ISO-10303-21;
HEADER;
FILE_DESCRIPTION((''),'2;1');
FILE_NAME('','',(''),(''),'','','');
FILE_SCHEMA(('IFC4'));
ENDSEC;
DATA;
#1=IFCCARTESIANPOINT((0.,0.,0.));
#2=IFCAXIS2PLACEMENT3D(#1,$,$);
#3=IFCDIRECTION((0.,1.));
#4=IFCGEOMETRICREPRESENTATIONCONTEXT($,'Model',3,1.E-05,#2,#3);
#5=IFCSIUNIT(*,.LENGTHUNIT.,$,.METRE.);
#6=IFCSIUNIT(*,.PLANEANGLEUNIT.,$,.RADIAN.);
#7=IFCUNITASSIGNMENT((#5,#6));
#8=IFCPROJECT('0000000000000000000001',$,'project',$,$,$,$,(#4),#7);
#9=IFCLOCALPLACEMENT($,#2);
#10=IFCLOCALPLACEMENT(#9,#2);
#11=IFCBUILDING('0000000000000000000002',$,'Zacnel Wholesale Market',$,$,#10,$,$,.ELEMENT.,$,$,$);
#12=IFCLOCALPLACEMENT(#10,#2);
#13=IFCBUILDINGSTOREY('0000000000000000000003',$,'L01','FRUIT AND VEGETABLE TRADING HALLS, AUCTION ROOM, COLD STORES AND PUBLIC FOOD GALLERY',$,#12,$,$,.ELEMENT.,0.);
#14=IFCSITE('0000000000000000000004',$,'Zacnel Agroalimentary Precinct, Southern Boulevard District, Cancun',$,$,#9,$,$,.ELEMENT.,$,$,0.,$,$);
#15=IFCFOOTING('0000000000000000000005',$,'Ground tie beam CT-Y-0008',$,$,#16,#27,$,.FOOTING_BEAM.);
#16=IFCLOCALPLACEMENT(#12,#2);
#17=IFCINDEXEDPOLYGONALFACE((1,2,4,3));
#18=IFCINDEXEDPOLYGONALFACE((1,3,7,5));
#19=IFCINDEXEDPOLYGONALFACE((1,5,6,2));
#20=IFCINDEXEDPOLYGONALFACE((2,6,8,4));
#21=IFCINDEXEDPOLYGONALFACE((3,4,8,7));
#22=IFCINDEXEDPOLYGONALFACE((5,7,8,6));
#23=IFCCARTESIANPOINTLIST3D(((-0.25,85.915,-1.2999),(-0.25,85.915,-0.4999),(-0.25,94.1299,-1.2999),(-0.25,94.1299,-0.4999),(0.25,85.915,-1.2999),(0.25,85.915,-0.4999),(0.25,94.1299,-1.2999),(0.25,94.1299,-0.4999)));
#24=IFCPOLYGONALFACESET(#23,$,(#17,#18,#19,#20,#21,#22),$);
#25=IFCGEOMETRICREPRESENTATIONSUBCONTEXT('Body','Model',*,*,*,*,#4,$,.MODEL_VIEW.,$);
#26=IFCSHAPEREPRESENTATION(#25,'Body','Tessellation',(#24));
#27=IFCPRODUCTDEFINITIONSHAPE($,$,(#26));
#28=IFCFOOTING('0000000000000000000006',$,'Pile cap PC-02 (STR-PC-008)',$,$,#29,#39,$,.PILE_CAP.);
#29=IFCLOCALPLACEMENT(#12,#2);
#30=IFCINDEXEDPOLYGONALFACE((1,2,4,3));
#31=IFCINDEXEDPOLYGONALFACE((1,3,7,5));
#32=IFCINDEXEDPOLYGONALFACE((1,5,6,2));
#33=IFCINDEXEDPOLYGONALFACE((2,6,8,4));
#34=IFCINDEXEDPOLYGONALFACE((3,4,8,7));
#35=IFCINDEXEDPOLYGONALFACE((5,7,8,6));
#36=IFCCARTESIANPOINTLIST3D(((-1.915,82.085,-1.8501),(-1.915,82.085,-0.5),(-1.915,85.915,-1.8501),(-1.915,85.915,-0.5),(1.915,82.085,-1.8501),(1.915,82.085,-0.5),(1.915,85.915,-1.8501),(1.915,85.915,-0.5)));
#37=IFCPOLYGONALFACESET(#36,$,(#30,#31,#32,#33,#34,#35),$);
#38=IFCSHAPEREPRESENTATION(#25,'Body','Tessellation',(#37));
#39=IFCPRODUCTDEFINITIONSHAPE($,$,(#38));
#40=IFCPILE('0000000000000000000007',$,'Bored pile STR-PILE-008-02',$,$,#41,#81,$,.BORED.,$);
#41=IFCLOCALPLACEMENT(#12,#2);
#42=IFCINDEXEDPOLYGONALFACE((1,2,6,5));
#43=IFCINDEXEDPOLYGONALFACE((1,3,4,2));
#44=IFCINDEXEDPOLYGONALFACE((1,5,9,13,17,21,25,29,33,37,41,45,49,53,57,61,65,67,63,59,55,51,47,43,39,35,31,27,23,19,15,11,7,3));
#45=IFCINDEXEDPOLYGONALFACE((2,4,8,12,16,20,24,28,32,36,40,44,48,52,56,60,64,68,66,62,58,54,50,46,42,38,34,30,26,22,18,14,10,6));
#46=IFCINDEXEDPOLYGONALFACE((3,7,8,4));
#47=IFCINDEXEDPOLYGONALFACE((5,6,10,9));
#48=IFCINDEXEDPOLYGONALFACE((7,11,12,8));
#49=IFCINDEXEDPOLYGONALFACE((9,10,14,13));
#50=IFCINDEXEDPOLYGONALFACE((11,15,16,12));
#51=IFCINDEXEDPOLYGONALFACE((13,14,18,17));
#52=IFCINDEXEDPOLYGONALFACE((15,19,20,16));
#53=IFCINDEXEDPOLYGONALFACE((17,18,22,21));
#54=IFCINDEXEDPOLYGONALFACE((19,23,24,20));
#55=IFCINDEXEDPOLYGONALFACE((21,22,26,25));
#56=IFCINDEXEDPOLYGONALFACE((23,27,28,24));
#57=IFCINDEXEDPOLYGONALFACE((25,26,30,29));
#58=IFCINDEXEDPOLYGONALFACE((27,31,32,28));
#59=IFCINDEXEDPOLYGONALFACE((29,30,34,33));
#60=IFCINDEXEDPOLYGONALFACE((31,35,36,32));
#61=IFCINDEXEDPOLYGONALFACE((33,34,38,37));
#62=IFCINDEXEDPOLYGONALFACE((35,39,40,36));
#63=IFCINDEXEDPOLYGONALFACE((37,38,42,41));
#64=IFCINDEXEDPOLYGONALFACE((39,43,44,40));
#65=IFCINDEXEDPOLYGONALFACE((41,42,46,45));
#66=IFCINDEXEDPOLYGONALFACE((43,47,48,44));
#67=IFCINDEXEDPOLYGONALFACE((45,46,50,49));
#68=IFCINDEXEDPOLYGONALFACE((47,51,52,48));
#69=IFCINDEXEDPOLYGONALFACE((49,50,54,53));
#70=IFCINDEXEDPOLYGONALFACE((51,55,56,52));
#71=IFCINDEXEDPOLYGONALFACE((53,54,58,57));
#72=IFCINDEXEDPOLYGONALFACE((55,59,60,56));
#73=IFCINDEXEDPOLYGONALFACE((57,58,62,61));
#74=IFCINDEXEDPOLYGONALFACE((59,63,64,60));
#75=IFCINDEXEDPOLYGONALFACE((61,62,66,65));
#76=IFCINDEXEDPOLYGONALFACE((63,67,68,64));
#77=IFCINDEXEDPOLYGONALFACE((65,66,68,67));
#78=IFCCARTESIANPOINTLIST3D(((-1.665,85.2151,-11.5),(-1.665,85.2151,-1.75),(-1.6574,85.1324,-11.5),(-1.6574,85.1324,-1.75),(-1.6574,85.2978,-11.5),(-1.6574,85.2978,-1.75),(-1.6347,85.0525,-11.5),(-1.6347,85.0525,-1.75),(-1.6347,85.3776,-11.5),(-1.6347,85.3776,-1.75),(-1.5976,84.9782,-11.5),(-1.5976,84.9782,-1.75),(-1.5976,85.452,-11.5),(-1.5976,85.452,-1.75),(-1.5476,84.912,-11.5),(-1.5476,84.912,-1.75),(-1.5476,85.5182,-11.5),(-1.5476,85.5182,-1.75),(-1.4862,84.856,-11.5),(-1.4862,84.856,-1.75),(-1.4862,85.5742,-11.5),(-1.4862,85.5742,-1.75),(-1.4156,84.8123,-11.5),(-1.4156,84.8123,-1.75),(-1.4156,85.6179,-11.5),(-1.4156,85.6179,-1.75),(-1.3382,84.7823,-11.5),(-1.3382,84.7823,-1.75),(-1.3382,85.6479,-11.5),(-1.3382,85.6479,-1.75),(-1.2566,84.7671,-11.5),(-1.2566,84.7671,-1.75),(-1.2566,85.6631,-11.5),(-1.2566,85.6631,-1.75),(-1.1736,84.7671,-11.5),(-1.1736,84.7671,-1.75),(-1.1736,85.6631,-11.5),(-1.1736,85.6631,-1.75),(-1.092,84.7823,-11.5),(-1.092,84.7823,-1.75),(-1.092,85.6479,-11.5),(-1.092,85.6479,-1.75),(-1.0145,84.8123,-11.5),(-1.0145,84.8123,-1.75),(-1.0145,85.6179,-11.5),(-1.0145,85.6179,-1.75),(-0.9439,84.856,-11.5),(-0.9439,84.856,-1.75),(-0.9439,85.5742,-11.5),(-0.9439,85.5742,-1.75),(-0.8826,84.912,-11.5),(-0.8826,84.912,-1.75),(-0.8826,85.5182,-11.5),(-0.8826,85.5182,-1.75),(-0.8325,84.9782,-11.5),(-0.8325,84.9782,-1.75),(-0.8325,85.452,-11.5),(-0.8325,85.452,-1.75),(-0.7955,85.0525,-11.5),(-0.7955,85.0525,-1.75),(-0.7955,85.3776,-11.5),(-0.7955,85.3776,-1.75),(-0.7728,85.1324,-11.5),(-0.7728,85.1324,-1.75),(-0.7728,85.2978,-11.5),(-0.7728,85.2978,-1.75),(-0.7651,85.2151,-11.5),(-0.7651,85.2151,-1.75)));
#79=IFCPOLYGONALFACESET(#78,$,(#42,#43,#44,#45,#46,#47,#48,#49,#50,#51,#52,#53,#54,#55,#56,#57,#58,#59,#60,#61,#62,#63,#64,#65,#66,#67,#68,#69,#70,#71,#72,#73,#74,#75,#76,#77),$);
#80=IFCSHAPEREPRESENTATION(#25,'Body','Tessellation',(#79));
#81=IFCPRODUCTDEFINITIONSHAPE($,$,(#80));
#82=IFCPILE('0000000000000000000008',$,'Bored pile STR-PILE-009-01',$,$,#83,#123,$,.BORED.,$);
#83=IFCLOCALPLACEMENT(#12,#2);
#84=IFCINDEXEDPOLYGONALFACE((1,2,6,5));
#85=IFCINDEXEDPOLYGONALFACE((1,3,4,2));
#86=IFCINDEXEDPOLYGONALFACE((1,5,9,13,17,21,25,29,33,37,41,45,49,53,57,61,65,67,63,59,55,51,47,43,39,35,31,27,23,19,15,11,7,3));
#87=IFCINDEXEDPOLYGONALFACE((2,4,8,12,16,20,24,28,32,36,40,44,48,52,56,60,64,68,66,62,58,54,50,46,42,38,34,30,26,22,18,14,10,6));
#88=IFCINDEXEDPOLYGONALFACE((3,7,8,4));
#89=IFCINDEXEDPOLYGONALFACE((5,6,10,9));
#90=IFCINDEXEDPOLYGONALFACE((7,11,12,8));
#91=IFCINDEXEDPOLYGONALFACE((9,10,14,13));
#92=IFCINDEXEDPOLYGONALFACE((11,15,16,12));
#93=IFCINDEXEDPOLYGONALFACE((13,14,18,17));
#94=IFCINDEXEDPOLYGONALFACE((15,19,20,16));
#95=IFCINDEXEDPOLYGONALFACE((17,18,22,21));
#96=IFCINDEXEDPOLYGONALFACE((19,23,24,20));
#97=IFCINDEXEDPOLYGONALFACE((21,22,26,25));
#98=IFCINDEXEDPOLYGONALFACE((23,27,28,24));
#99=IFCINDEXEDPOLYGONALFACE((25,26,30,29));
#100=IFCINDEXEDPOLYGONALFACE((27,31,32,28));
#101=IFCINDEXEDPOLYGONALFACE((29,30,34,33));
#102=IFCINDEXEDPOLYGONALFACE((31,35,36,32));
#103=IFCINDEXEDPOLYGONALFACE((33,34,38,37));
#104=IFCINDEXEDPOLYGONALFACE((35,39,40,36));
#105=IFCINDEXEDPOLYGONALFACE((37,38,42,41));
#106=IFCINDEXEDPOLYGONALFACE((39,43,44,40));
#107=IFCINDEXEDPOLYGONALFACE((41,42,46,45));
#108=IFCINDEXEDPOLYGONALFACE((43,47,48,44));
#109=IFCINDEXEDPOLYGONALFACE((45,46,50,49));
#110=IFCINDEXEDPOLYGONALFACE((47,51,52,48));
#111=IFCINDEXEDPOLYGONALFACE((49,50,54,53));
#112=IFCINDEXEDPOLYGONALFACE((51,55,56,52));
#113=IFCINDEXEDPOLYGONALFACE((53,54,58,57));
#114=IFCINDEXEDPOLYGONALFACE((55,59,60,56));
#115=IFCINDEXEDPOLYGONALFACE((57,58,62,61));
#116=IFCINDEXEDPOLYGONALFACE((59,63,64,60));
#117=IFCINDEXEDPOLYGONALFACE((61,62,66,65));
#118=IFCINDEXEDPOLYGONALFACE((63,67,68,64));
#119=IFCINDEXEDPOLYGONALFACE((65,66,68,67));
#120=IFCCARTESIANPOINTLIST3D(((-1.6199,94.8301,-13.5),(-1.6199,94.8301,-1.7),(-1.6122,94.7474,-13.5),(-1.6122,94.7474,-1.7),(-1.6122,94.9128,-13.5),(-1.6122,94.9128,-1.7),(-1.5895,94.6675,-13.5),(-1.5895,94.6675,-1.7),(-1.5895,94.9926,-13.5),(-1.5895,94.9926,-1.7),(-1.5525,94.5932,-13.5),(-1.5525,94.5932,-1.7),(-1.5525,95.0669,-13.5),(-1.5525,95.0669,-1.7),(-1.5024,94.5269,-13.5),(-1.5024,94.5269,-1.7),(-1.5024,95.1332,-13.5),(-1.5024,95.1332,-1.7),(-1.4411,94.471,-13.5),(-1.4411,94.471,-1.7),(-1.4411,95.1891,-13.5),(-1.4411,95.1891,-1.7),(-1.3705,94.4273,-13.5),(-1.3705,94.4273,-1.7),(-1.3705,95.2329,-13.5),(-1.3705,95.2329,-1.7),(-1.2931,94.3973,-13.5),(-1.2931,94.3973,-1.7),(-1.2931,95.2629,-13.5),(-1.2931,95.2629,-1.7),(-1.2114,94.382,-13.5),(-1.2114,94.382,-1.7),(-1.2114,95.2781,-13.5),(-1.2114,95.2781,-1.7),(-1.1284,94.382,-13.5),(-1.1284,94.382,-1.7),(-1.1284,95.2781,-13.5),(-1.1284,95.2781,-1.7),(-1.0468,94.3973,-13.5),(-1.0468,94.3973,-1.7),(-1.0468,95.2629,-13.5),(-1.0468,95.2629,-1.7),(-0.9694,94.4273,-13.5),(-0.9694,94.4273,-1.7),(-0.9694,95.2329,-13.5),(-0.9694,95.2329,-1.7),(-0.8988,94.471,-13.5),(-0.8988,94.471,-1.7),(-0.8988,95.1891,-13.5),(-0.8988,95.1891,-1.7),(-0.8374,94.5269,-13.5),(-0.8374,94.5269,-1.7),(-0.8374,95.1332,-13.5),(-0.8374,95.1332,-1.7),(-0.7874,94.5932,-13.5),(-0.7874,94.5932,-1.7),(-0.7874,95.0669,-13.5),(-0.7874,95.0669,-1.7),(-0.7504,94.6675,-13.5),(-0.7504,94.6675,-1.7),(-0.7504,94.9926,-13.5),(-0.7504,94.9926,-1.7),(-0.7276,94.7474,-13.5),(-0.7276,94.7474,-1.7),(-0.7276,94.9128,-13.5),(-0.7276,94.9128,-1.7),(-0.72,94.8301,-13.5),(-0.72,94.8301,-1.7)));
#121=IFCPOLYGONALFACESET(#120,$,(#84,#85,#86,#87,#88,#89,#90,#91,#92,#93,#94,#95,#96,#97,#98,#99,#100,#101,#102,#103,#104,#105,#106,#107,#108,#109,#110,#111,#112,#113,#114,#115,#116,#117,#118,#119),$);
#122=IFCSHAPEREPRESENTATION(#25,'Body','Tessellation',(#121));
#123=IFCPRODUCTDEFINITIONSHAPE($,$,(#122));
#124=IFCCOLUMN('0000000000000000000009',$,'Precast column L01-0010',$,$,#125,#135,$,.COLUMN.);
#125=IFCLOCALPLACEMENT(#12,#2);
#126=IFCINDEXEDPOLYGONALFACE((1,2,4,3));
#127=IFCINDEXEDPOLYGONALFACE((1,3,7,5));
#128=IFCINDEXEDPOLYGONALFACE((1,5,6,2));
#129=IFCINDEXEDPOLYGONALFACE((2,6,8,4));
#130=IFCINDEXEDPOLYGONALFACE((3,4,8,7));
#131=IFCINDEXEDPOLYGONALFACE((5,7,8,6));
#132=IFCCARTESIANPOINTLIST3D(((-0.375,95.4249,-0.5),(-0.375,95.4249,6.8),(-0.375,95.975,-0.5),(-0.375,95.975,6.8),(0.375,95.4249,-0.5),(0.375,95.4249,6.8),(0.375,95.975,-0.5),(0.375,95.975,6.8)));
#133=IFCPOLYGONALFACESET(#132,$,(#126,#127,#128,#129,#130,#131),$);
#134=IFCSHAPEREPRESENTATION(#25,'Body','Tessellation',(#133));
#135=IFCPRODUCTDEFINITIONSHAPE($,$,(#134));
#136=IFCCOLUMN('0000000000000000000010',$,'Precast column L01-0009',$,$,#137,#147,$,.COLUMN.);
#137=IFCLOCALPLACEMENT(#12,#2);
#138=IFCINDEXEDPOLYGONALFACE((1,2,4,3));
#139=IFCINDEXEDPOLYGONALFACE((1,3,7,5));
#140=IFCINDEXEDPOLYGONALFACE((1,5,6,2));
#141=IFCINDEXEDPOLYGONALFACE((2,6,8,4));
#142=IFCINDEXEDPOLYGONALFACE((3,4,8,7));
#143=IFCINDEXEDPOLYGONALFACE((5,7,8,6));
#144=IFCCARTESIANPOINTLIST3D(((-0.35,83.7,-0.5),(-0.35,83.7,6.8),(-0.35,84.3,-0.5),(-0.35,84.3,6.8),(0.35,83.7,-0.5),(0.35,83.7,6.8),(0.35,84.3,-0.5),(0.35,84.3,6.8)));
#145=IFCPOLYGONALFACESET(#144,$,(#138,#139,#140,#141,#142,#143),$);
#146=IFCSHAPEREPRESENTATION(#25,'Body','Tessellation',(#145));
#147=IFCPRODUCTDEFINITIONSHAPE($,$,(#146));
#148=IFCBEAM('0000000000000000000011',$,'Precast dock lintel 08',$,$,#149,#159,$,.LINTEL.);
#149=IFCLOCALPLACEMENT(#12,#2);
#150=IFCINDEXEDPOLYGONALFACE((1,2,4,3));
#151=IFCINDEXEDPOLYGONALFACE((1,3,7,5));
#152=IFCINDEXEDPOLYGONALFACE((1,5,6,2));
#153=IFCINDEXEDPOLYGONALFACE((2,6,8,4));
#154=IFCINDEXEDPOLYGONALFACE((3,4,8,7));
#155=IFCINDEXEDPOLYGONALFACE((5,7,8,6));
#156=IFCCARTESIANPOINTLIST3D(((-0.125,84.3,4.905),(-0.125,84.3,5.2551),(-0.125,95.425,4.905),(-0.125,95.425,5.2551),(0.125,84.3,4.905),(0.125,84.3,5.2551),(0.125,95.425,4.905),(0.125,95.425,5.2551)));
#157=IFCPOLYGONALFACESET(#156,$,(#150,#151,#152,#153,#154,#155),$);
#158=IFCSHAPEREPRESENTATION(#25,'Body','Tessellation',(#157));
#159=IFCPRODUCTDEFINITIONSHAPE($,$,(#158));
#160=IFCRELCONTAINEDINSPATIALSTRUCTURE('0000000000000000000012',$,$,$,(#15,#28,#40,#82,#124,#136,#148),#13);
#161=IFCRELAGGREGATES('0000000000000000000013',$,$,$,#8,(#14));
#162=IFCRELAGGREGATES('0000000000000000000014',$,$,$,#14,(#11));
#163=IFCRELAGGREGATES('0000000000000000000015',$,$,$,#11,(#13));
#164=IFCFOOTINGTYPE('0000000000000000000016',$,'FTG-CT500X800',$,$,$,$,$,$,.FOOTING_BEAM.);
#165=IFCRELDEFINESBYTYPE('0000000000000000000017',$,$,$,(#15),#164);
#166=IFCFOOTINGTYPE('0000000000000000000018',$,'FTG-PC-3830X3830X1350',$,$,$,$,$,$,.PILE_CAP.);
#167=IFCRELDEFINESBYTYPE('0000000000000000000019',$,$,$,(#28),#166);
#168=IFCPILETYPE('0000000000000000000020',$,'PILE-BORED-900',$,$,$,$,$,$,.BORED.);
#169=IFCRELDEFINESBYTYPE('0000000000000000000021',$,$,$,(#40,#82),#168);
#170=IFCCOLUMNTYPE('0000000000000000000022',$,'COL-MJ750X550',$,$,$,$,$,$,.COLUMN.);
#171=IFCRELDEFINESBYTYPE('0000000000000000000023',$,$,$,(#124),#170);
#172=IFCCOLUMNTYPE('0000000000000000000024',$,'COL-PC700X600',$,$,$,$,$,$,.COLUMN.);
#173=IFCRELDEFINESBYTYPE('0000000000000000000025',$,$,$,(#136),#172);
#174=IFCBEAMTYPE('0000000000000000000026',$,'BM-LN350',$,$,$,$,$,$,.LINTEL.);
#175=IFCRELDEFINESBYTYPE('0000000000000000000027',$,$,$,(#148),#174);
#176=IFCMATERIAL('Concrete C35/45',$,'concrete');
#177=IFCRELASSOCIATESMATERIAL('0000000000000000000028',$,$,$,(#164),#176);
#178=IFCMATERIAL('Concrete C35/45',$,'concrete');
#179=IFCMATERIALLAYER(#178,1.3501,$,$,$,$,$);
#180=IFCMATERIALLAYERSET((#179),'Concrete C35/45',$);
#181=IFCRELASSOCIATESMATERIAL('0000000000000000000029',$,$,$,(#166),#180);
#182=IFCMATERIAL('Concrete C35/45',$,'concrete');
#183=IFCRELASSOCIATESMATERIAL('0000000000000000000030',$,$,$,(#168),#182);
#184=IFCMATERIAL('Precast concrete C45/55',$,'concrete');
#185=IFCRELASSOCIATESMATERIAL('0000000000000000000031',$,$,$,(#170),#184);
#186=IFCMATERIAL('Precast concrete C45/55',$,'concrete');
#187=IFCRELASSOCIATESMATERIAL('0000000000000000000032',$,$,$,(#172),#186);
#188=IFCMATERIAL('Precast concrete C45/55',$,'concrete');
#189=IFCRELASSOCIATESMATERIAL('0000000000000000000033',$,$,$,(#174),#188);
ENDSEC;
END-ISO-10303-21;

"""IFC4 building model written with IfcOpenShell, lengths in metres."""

from ifc_helpers import new_model, si_unit, direction, frame, origin, origin_2d, place, context, subcontext, project, spatial, rectangle, circle, extrude, material, layer, layer_set, material_profile, profile_set, type_object, element, save


model = new_model("IFC4")

# Units and contexts
model_context = context("Model", 3, precision=1e-05, world=origin(), true_north=direction((0.0, 1.0)))
body_context = subcontext(model_context, "Body", "Model", "MODEL_VIEW")
ifc_project = project(units=[si_unit("LENGTHUNIT", "METRE"), si_unit("PLANEANGLEUNIT", "RADIAN")], contexts=[model_context])

# Site, building, storey
site_placement = place(None, origin())
site = spatial("IfcSite", under=ifc_project, at=site_placement, Name="Zacnel Agroalimentary Precinct, Southern Boulevard District, Cancun", CompositionType="ELEMENT", RefElevation=0.0)
building_placement = place(site_placement, origin())
building = spatial("IfcBuilding", under=site, at=building_placement, Name="Zacnel Wholesale Market", CompositionType="ELEMENT")
storey_placement = place(building_placement, origin())
storey = spatial("IfcBuildingStorey", under=building, at=storey_placement, Name="L01", Description="FRUIT AND VEGETABLE TRADING HALLS, AUCTION ROOM, COLD STORES AND PUBLIC FOOD GALLERY", CompositionType="ELEMENT", Elevation=0.0)

# Footings
ifc_material_1 = material(Name="Concrete C35/45", Category="concrete")
ifc_material_profile_1 = material_profile(ifc_material_1, rectangle(XDim=0.5, YDim=0.8, at=origin_2d()), Name="CT 500x800")
ifc_profile_set_1 = profile_set([ifc_material_profile_1], Name="Concrete C35/45")
footing_type_1 = type_object("IfcFootingType", Name="FTG-CT500X800", PredefinedType="FOOTING_BEAM", material=ifc_profile_set_1)
footing_1_placement = place(storey_placement, frame((0.0, 85.915, -0.8999), z_axis=(0.0, 1.0, 0.0), x_axis=(-1.0, 0.0, 0.0)))
element("IfcFooting", 1, at=footing_1_placement, inside=storey, type_object=footing_type_1, Name="Ground tie beam CT-Y-0008", PredefinedType="FOOTING_BEAM", context=body_context, shape_type="SweptSolid", body=[
    extrude(rectangle(XDim=0.5, YDim=0.8, at=origin_2d()), origin(), (0.0, 0.0, 1.0), 8.2148),
])
ifc_material_2 = material(Name="Concrete C35/45", Category="concrete")
ifc_layer_1 = layer(ifc_material_2, 1.3501)
ifc_layer_set_1 = layer_set([ifc_layer_1], Name="Concrete C35/45")
footing_type_2 = type_object("IfcFootingType", Name="FTG-PC-3830X3830X1350", PredefinedType="PILE_CAP", material=ifc_layer_set_1)
footing_2_placement = place(storey_placement, frame((0.0, 84.0, -1.8501), z_axis=(0.0, 0.0, 1.0), x_axis=(1.0, 0.0, 0.0)))
element("IfcFooting", 2, at=footing_2_placement, inside=storey, type_object=footing_type_2, Name="Pile cap PC-02 (STR-PC-008)", PredefinedType="PILE_CAP", context=body_context, shape_type="SweptSolid", body=[
    extrude(rectangle(XDim=3.8301, YDim=3.8301, at=origin_2d()), origin(), (0.0, 0.0, 1.0), 1.3501),
])

# Piles
ifc_material_3 = material(Name="Concrete C35/45", Category="concrete")
ifc_material_profile_2 = material_profile(ifc_material_3, circle(Radius=0.45, at=origin_2d()), Name="BORED PILE D900")
ifc_profile_set_2 = profile_set([ifc_material_profile_2], Name="Concrete C35/45")
pile_type = type_object("IfcPileType", Name="PILE-BORED-900", PredefinedType="BORED", material=ifc_profile_set_2)
pile_1_placement = place(storey_placement, frame((-1.2151, 85.2151, -1.75), z_axis=(0.0, 0.0, -1.0), x_axis=(1.0, 0.0, 0.0)))
element("IfcPile", 3, at=pile_1_placement, inside=storey, type_object=pile_type, Name="Bored pile STR-PILE-008-02", PredefinedType="BORED", context=body_context, shape_type="SweptSolid", body=[
    extrude(circle(Radius=0.45, at=origin_2d()), origin(), (0.0, 0.0, 1.0), 9.75),
])
pile_2_placement = place(storey_placement, frame((-1.1699, 94.8301, -1.7), z_axis=(0.0, 0.0, -1.0), x_axis=(1.0, 0.0, 0.0)))
element("IfcPile", 4, at=pile_2_placement, inside=storey, type_object=pile_type, Name="Bored pile STR-PILE-009-01", PredefinedType="BORED", context=body_context, shape_type="SweptSolid", body=[
    extrude(circle(Radius=0.45, at=origin_2d()), origin(), (0.0, 0.0, 1.0), 11.8),
])

# Columns
ifc_material_4 = material(Name="Precast concrete C45/55", Category="concrete")
ifc_material_profile_3 = material_profile(ifc_material_4, rectangle(XDim=0.75, YDim=0.55, at=origin_2d()), Name="PC 750x550")
ifc_profile_set_3 = profile_set([ifc_material_profile_3], Name="Precast concrete C45/55")
column_type_1 = type_object("IfcColumnType", Name="COL-MJ750X550", PredefinedType="COLUMN", material=ifc_profile_set_3)
column_1_placement = place(storey_placement, frame((0.0, 95.7, -0.5), z_axis=(0.0, 0.0, 1.0), x_axis=(1.0, 0.0, 0.0)))
element("IfcColumn", 5, at=column_1_placement, inside=storey, type_object=column_type_1, Name="Precast column L01-0010", PredefinedType="COLUMN", context=body_context, shape_type="SweptSolid", body=[
    extrude(rectangle(XDim=0.75, YDim=0.55, at=origin_2d()), origin(), (0.0, 0.0, 1.0), 7.3),
])
ifc_material_5 = material(Name="Precast concrete C45/55", Category="concrete")
ifc_material_profile_4 = material_profile(ifc_material_5, rectangle(XDim=0.7, YDim=0.6001, at=origin_2d()), Name="PC 700x600")
ifc_profile_set_4 = profile_set([ifc_material_profile_4], Name="Precast concrete C45/55")
column_type_2 = type_object("IfcColumnType", Name="COL-PC700X600", PredefinedType="COLUMN", material=ifc_profile_set_4)
column_2_placement = place(storey_placement, frame((0.0, 84.0, -0.5), z_axis=(0.0, 0.0, 1.0), x_axis=(1.0, 0.0, 0.0)))
element("IfcColumn", 6, at=column_2_placement, inside=storey, type_object=column_type_2, Name="Precast column L01-0009", PredefinedType="COLUMN", context=body_context, shape_type="SweptSolid", body=[
    extrude(rectangle(XDim=0.7, YDim=0.6001, at=origin_2d()), origin(), (0.0, 0.0, 1.0), 7.3),
])

# Beam
ifc_material_6 = material(Name="Precast concrete C45/55", Category="concrete")
ifc_material_profile_5 = material_profile(ifc_material_6, rectangle(XDim=0.25, YDim=0.3501, at=origin_2d()), Name="LN 250x350")
ifc_profile_set_5 = profile_set([ifc_material_profile_5], Name="Precast concrete C45/55")
beam_type = type_object("IfcBeamType", Name="BM-LN350", PredefinedType="LINTEL", material=ifc_profile_set_5)
beam_placement = place(storey_placement, frame((0.0, 84.3, 5.0801), z_axis=(0.0, 1.0, 0.0), x_axis=(-1.0, 0.0, 0.0)))
element("IfcBeam", 7, at=beam_placement, inside=storey, type_object=beam_type, Name="Precast dock lintel 08", PredefinedType="LINTEL", context=body_context, shape_type="SweptSolid", body=[
    extrude(rectangle(XDim=0.25, YDim=0.3501, at=origin_2d()), origin(), (0.0, 0.0, 1.0), 11.125),
])

save(model, "model.ifc")
